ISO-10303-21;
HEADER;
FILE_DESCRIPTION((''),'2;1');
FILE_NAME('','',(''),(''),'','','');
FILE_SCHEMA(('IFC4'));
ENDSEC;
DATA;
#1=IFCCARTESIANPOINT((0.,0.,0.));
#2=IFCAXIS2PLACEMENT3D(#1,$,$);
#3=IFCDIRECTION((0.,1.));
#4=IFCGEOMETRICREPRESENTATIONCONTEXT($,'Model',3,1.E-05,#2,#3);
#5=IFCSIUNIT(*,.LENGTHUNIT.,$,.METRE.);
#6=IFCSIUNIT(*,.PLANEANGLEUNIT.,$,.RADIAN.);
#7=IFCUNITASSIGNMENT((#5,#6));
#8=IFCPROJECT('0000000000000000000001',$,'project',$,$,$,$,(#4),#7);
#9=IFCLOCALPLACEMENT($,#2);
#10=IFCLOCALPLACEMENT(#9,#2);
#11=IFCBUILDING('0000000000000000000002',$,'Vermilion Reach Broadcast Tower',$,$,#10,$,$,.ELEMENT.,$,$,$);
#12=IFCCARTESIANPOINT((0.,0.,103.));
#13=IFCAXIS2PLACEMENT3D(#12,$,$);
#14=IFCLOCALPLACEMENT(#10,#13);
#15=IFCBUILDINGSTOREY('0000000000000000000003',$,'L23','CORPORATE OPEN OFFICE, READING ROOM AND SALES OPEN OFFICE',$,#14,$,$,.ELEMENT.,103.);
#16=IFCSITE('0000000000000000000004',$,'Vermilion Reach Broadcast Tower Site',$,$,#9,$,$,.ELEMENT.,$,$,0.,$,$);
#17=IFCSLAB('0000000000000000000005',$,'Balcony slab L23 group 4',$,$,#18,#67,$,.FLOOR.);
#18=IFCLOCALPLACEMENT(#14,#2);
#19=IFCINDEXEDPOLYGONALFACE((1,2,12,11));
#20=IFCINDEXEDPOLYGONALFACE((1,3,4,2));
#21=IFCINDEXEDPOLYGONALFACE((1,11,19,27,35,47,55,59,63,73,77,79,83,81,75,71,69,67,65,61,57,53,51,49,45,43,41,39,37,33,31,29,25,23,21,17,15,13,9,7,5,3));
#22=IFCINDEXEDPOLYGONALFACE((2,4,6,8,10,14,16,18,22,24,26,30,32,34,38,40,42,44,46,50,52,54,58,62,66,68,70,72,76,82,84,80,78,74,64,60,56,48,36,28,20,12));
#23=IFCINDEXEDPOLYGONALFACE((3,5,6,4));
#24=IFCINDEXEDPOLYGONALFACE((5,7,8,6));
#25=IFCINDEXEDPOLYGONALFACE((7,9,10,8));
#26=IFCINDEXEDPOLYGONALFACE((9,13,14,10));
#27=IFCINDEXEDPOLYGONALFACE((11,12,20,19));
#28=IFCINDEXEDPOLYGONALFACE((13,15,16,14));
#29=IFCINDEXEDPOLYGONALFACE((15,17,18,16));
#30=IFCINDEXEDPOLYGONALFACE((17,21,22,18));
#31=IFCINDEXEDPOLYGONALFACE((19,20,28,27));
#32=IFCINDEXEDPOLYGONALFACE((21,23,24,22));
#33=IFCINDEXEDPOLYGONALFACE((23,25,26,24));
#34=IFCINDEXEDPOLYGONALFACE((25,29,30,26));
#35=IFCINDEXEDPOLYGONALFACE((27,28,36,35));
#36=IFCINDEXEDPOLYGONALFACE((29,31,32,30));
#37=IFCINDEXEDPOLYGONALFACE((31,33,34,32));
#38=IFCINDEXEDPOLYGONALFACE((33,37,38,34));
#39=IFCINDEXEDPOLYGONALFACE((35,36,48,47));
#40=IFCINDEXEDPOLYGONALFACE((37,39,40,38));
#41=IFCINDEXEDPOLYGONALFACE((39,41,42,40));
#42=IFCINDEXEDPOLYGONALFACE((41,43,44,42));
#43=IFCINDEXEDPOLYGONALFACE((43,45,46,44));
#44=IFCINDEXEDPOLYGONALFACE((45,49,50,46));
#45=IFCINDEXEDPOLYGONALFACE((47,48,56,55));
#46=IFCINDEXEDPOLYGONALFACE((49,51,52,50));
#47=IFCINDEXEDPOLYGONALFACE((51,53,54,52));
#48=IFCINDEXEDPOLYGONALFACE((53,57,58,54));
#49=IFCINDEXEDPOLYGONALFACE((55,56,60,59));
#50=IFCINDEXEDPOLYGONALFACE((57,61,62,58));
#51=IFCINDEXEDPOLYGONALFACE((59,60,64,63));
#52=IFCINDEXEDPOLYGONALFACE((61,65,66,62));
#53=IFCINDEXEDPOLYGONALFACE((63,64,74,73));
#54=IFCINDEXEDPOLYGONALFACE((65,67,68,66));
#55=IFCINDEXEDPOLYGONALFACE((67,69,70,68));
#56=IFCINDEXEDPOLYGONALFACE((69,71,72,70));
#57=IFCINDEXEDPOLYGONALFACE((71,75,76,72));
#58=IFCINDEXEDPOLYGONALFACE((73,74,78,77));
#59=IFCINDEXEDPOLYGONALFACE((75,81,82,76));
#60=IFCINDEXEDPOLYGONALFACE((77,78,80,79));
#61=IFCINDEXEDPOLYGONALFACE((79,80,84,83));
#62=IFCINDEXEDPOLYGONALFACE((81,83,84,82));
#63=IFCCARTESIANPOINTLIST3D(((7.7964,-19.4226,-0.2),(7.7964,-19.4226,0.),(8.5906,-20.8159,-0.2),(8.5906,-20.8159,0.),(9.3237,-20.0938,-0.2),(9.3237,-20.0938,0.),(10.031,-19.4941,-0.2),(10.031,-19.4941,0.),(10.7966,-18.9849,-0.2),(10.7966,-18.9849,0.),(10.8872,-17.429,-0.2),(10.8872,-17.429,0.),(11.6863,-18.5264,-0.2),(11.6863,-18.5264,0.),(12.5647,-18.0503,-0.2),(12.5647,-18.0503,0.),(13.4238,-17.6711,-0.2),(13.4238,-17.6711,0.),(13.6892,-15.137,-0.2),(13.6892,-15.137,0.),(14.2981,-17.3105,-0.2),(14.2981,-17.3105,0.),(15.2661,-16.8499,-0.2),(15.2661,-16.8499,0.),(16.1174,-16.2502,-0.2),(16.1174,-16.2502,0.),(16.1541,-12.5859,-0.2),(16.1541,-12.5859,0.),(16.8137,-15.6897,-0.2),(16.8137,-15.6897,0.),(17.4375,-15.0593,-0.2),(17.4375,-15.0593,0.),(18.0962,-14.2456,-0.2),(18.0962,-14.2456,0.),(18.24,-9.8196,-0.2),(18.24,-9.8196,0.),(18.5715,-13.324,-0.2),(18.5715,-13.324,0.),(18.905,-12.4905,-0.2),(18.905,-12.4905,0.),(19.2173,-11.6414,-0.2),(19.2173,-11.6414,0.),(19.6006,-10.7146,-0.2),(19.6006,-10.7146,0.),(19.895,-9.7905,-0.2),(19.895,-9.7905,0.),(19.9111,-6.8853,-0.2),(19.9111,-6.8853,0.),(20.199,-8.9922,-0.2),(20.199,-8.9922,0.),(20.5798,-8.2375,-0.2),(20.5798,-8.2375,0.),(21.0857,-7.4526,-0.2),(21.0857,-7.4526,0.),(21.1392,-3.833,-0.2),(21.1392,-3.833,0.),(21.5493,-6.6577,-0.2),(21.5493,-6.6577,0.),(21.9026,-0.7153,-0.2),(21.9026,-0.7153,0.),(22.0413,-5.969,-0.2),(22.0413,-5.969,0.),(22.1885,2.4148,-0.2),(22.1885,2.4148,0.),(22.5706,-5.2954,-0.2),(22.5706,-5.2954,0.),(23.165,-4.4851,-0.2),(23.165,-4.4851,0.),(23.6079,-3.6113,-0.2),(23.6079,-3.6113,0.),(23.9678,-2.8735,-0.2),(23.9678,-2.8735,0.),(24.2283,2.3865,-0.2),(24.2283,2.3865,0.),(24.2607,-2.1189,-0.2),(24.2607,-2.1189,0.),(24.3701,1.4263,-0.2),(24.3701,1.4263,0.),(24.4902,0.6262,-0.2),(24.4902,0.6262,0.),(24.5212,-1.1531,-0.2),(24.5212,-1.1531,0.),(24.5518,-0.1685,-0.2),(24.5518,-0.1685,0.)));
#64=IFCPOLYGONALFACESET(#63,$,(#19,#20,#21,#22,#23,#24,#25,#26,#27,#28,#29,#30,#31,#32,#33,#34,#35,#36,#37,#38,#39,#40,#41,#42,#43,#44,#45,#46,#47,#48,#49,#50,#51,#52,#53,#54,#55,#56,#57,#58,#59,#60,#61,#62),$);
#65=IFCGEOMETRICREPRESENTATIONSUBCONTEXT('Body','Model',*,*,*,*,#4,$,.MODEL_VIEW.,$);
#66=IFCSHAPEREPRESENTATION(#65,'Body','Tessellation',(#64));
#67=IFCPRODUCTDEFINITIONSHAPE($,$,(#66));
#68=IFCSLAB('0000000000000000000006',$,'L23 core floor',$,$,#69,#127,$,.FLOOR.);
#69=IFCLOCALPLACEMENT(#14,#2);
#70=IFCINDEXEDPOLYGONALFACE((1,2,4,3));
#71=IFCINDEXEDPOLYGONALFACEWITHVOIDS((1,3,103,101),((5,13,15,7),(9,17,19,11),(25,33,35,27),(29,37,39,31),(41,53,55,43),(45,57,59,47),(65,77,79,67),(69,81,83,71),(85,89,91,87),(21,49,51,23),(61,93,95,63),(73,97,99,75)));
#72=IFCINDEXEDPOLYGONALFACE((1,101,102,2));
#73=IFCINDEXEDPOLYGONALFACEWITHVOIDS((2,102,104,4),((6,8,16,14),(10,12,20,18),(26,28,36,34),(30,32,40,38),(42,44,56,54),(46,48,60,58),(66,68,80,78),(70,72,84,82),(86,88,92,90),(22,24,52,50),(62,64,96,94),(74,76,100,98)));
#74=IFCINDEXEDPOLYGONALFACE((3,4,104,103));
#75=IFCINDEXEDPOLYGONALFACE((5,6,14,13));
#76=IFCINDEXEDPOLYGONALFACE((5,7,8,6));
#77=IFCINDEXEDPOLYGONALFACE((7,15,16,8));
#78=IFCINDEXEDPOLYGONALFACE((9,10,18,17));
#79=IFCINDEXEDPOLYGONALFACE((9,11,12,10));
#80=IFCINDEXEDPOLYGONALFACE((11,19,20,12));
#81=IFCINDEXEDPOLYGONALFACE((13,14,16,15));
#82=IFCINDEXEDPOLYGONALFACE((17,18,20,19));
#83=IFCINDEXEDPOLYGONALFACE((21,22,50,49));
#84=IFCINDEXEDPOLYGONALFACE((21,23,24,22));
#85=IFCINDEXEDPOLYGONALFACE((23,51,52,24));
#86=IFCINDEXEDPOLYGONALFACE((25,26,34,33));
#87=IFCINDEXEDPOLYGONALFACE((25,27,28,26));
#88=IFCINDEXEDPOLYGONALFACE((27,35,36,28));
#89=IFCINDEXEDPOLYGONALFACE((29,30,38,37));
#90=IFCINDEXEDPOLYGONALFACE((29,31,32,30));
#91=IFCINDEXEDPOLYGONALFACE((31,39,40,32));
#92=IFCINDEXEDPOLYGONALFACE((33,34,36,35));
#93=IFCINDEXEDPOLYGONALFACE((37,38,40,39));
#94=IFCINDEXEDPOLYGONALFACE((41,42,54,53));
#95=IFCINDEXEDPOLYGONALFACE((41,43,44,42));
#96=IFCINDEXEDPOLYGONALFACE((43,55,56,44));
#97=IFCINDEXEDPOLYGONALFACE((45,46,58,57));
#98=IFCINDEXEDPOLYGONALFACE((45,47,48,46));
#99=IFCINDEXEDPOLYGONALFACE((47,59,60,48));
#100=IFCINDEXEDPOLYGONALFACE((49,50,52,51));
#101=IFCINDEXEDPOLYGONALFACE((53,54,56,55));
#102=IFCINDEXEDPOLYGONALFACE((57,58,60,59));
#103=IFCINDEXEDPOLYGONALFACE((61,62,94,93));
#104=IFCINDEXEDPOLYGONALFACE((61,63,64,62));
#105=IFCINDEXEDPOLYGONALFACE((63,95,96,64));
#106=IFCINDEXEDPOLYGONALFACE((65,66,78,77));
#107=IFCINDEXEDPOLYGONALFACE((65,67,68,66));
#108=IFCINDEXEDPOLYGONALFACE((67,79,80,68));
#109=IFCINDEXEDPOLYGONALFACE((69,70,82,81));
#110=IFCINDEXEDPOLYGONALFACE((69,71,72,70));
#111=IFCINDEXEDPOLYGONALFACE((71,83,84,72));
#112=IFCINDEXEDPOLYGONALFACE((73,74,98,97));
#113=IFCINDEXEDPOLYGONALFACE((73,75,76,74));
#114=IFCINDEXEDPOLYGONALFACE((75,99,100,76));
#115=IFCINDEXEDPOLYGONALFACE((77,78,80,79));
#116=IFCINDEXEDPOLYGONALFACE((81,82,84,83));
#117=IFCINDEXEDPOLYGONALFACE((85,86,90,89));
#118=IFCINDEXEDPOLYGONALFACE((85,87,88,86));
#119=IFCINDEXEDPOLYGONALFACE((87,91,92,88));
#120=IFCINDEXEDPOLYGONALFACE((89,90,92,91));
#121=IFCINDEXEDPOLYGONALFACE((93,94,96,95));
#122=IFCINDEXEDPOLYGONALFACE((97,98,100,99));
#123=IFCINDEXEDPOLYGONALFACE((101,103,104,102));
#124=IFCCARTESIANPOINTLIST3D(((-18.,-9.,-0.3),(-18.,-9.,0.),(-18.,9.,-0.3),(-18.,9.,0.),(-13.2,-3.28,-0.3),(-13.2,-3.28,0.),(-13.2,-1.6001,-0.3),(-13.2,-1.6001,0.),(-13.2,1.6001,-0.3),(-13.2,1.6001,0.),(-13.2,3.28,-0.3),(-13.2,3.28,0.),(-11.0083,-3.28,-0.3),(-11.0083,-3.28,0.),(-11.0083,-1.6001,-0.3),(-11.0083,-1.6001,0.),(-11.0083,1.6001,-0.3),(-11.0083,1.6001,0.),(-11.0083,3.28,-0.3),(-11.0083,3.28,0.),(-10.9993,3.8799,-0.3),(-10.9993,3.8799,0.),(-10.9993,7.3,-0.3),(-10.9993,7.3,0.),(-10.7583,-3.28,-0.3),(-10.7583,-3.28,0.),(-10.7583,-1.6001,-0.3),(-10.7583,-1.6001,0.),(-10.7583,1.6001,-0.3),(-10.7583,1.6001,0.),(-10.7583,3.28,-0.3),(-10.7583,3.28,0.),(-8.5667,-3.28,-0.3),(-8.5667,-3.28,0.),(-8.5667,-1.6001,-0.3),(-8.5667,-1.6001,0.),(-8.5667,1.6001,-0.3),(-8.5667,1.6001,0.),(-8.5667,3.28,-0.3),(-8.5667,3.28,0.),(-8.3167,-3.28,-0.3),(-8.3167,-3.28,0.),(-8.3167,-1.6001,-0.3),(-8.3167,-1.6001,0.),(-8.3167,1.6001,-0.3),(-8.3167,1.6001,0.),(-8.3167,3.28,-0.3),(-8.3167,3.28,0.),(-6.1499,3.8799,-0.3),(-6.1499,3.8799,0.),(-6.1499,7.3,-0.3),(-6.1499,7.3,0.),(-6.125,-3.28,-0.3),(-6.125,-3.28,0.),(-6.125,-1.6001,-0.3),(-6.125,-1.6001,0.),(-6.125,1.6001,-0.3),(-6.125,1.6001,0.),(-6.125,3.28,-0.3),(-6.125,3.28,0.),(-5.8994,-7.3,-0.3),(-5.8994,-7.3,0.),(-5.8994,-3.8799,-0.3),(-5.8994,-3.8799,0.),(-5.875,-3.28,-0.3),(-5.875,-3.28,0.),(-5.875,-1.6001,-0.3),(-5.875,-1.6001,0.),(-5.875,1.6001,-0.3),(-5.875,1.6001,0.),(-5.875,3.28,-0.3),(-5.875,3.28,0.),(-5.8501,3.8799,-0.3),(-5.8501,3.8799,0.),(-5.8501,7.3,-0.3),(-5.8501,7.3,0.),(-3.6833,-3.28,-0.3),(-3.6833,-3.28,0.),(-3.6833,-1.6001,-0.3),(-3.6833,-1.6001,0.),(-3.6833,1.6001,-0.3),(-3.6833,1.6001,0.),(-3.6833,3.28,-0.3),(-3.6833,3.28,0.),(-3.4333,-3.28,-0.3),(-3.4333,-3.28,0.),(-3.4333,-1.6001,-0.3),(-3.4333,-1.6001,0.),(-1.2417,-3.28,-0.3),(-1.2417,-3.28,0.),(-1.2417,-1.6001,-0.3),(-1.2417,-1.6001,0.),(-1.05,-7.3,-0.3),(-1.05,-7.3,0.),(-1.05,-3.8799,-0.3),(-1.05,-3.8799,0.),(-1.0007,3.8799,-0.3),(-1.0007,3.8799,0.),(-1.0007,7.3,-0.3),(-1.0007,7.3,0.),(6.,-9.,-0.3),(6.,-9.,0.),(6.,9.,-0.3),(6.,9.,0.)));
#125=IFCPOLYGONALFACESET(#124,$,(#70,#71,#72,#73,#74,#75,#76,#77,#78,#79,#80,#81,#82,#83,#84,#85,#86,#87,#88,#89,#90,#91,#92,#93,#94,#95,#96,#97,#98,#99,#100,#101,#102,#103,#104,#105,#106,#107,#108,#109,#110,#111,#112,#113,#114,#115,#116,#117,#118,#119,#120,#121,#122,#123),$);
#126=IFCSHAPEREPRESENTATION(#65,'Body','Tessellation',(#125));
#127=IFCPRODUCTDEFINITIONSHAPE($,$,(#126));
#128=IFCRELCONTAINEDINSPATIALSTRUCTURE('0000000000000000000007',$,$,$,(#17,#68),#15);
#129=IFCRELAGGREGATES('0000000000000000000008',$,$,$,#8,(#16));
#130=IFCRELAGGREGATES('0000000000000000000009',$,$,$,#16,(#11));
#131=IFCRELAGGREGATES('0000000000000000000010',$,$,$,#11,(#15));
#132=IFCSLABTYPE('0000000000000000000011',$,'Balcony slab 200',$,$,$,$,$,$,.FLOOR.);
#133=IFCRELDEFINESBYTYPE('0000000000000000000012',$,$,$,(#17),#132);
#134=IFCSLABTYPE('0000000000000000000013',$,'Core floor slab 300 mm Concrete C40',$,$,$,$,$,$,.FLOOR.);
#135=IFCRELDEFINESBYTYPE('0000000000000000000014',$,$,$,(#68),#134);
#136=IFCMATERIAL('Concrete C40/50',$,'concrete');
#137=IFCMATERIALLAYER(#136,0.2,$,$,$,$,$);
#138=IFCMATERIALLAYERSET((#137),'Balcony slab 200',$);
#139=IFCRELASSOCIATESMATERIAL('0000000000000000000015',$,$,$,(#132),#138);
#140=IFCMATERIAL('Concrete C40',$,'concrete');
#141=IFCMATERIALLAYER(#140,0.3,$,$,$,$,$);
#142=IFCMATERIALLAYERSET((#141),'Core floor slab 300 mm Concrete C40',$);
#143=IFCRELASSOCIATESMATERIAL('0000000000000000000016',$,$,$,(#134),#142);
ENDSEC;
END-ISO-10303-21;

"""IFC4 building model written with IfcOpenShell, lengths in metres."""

from ifc_helpers import new_model, si_unit, direction, frame, origin, place, context, subcontext, project, spatial, polyline, outline, extrude, material, layer, layer_set, type_object, element, save


model = new_model("IFC4")

# Units and contexts
model_context = context("Model", 3, precision=1e-05, world=origin(), true_north=direction((0.0, 1.0)))
body_context = subcontext(model_context, "Body", "Model", "MODEL_VIEW")
ifc_project = project(units=[si_unit("LENGTHUNIT", "METRE"), si_unit("PLANEANGLEUNIT", "RADIAN")], contexts=[model_context])

# Site, building, storey
site_placement = place(None, origin())
site = spatial("IfcSite", under=ifc_project, at=site_placement, Name="Vermilion Reach Broadcast Tower Site", CompositionType="ELEMENT", RefElevation=0.0)
building_placement = place(site_placement, origin())
building = spatial("IfcBuilding", under=site, at=building_placement, Name="Vermilion Reach Broadcast Tower", CompositionType="ELEMENT")
storey_placement = place(building_placement, frame((0.0, 0.0, 103.0)))
storey = spatial("IfcBuildingStorey", under=building, at=storey_placement, Name="L23", Description="CORPORATE OPEN OFFICE, READING ROOM AND SALES OPEN OFFICE", CompositionType="ELEMENT", Elevation=103.0)

# Slabs
ifc_material_1 = material(Name="Concrete C40/50", Category="concrete")
ifc_layer_1 = layer(ifc_material_1, 0.2)
ifc_layer_set_1 = layer_set([ifc_layer_1], Name="Balcony slab 200")
slab_type_1 = type_object("IfcSlabType", Name="Balcony slab 200", PredefinedType="FLOOR", material=ifc_layer_set_1)
placement_1 = place(storey_placement, frame((0.0, 0.0, -0.2)))
element("IfcSlab", 1, at=placement_1, inside=storey, type_object=slab_type_1, Name="Balcony slab L23 group 4", PredefinedType="FLOOR", context=body_context, shape_type="SweptSolid", body=[
    extrude(outline(polyline([(7.7964, -19.4226), (10.8872, -17.429), (13.6892, -15.137), (16.1541, -12.5859), (18.24, -9.8196), (19.9111, -6.8853), (21.1392, -3.833), (21.9026, -0.7153), (22.1885, 2.4148), (24.2283, 2.3865), (24.3701, 1.4263), (24.4902, 0.6262), (24.5518, -0.1685), (24.5212, -1.1531), (24.2607, -2.1189), (23.9678, -2.8735), (23.6079, -3.6113), (23.165, -4.4851), (22.5706, -5.2954), (22.0413, -5.969), (21.5493, -6.6577), (21.0857, -7.4526), (20.5798, -8.2375), (20.199, -8.9922), (19.895, -9.7905), (19.6006, -10.7146), (19.2173, -11.6414), (18.905, -12.4905), (18.5715, -13.324), (18.0962, -14.2456), (17.4375, -15.0593), (16.8137, -15.6897), (16.1174, -16.2502), (15.2661, -16.8499), (14.2981, -17.3105), (13.4238, -17.6711), (12.5647, -18.0503), (11.6863, -18.5264), (10.7966, -18.9849), (10.031, -19.4941), (9.3237, -20.0938), (8.5906, -20.8159), (7.7964, -19.4226)])), origin(), (0.0, 0.0, 1.0), 0.2),
])
ifc_material_2 = material(Name="Concrete C40", Category="concrete")
ifc_layer_2 = layer(ifc_material_2, 0.3)
ifc_layer_set_2 = layer_set([ifc_layer_2], Name="Core floor slab 300 mm Concrete C40")
slab_type_2 = type_object("IfcSlabType", Name="Core floor slab 300 mm Concrete C40", PredefinedType="FLOOR", material=ifc_layer_set_2)
slab_1_placement = place(storey_placement, frame((0.0, 0.0, -0.3)))
element("IfcSlab", 2, at=slab_1_placement, inside=storey, type_object=slab_type_2, Name="L23 core floor", PredefinedType="FLOOR", context=body_context, shape_type="SweptSolid", body=[
    extrude(outline(polyline([(-18.0, -9.0), (6.0, -9.0), (6.0, 9.0), (-18.0, 9.0), (-18.0, -9.0)]), holes=[polyline([(-13.2, 1.6001), (-11.0083, 1.6001), (-11.0083, 3.28), (-13.2, 3.28), (-13.2, 1.6001)]), polyline([(-10.7583, 1.6001), (-8.5667, 1.6001), (-8.5667, 3.28), (-10.7583, 3.28), (-10.7583, 1.6001)]), polyline([(-8.3167, 1.6001), (-6.125, 1.6001), (-6.125, 3.28), (-8.3167, 3.28), (-8.3167, 1.6001)]), polyline([(-5.875, 1.6001), (-3.6833, 1.6001), (-3.6833, 3.28), (-5.875, 3.28), (-5.875, 1.6001)]), polyline([(-13.2, -3.28), (-11.0083, -3.28), (-11.0083, -1.6001), (-13.2, -1.6001), (-13.2, -3.28)]), polyline([(-10.7583, -3.28), (-8.5667, -3.28), (-8.5667, -1.6001), (-10.7583, -1.6001), (-10.7583, -3.28)]), polyline([(-8.3167, -3.28), (-6.125, -3.28), (-6.125, -1.6001), (-8.3167, -1.6001), (-8.3167, -3.28)]), polyline([(-5.875, -3.28), (-3.6833, -3.28), (-3.6833, -1.6001), (-5.875, -1.6001), (-5.875, -3.28)]), polyline([(-3.4333, -3.28), (-1.2417, -3.28), (-1.2417, -1.6001), (-3.4333, -1.6001), (-3.4333, -3.28)]), polyline([(-10.9993, 3.8799), (-6.1499, 3.8799), (-6.1499, 7.3), (-10.9993, 7.3), (-10.9993, 3.8799)]), polyline([(-1.0007, 7.3), (-5.8501, 7.3), (-5.8501, 3.8799), (-1.0007, 3.8799), (-1.0007, 7.3)]), polyline([(-5.8994, -7.3), (-1.05, -7.3), (-1.05, -3.8799), (-5.8994, -3.8799), (-5.8994, -7.3)])]), origin(), (0.0, 0.0, 1.0), 0.3),
])

save(model, "model.ifc")
